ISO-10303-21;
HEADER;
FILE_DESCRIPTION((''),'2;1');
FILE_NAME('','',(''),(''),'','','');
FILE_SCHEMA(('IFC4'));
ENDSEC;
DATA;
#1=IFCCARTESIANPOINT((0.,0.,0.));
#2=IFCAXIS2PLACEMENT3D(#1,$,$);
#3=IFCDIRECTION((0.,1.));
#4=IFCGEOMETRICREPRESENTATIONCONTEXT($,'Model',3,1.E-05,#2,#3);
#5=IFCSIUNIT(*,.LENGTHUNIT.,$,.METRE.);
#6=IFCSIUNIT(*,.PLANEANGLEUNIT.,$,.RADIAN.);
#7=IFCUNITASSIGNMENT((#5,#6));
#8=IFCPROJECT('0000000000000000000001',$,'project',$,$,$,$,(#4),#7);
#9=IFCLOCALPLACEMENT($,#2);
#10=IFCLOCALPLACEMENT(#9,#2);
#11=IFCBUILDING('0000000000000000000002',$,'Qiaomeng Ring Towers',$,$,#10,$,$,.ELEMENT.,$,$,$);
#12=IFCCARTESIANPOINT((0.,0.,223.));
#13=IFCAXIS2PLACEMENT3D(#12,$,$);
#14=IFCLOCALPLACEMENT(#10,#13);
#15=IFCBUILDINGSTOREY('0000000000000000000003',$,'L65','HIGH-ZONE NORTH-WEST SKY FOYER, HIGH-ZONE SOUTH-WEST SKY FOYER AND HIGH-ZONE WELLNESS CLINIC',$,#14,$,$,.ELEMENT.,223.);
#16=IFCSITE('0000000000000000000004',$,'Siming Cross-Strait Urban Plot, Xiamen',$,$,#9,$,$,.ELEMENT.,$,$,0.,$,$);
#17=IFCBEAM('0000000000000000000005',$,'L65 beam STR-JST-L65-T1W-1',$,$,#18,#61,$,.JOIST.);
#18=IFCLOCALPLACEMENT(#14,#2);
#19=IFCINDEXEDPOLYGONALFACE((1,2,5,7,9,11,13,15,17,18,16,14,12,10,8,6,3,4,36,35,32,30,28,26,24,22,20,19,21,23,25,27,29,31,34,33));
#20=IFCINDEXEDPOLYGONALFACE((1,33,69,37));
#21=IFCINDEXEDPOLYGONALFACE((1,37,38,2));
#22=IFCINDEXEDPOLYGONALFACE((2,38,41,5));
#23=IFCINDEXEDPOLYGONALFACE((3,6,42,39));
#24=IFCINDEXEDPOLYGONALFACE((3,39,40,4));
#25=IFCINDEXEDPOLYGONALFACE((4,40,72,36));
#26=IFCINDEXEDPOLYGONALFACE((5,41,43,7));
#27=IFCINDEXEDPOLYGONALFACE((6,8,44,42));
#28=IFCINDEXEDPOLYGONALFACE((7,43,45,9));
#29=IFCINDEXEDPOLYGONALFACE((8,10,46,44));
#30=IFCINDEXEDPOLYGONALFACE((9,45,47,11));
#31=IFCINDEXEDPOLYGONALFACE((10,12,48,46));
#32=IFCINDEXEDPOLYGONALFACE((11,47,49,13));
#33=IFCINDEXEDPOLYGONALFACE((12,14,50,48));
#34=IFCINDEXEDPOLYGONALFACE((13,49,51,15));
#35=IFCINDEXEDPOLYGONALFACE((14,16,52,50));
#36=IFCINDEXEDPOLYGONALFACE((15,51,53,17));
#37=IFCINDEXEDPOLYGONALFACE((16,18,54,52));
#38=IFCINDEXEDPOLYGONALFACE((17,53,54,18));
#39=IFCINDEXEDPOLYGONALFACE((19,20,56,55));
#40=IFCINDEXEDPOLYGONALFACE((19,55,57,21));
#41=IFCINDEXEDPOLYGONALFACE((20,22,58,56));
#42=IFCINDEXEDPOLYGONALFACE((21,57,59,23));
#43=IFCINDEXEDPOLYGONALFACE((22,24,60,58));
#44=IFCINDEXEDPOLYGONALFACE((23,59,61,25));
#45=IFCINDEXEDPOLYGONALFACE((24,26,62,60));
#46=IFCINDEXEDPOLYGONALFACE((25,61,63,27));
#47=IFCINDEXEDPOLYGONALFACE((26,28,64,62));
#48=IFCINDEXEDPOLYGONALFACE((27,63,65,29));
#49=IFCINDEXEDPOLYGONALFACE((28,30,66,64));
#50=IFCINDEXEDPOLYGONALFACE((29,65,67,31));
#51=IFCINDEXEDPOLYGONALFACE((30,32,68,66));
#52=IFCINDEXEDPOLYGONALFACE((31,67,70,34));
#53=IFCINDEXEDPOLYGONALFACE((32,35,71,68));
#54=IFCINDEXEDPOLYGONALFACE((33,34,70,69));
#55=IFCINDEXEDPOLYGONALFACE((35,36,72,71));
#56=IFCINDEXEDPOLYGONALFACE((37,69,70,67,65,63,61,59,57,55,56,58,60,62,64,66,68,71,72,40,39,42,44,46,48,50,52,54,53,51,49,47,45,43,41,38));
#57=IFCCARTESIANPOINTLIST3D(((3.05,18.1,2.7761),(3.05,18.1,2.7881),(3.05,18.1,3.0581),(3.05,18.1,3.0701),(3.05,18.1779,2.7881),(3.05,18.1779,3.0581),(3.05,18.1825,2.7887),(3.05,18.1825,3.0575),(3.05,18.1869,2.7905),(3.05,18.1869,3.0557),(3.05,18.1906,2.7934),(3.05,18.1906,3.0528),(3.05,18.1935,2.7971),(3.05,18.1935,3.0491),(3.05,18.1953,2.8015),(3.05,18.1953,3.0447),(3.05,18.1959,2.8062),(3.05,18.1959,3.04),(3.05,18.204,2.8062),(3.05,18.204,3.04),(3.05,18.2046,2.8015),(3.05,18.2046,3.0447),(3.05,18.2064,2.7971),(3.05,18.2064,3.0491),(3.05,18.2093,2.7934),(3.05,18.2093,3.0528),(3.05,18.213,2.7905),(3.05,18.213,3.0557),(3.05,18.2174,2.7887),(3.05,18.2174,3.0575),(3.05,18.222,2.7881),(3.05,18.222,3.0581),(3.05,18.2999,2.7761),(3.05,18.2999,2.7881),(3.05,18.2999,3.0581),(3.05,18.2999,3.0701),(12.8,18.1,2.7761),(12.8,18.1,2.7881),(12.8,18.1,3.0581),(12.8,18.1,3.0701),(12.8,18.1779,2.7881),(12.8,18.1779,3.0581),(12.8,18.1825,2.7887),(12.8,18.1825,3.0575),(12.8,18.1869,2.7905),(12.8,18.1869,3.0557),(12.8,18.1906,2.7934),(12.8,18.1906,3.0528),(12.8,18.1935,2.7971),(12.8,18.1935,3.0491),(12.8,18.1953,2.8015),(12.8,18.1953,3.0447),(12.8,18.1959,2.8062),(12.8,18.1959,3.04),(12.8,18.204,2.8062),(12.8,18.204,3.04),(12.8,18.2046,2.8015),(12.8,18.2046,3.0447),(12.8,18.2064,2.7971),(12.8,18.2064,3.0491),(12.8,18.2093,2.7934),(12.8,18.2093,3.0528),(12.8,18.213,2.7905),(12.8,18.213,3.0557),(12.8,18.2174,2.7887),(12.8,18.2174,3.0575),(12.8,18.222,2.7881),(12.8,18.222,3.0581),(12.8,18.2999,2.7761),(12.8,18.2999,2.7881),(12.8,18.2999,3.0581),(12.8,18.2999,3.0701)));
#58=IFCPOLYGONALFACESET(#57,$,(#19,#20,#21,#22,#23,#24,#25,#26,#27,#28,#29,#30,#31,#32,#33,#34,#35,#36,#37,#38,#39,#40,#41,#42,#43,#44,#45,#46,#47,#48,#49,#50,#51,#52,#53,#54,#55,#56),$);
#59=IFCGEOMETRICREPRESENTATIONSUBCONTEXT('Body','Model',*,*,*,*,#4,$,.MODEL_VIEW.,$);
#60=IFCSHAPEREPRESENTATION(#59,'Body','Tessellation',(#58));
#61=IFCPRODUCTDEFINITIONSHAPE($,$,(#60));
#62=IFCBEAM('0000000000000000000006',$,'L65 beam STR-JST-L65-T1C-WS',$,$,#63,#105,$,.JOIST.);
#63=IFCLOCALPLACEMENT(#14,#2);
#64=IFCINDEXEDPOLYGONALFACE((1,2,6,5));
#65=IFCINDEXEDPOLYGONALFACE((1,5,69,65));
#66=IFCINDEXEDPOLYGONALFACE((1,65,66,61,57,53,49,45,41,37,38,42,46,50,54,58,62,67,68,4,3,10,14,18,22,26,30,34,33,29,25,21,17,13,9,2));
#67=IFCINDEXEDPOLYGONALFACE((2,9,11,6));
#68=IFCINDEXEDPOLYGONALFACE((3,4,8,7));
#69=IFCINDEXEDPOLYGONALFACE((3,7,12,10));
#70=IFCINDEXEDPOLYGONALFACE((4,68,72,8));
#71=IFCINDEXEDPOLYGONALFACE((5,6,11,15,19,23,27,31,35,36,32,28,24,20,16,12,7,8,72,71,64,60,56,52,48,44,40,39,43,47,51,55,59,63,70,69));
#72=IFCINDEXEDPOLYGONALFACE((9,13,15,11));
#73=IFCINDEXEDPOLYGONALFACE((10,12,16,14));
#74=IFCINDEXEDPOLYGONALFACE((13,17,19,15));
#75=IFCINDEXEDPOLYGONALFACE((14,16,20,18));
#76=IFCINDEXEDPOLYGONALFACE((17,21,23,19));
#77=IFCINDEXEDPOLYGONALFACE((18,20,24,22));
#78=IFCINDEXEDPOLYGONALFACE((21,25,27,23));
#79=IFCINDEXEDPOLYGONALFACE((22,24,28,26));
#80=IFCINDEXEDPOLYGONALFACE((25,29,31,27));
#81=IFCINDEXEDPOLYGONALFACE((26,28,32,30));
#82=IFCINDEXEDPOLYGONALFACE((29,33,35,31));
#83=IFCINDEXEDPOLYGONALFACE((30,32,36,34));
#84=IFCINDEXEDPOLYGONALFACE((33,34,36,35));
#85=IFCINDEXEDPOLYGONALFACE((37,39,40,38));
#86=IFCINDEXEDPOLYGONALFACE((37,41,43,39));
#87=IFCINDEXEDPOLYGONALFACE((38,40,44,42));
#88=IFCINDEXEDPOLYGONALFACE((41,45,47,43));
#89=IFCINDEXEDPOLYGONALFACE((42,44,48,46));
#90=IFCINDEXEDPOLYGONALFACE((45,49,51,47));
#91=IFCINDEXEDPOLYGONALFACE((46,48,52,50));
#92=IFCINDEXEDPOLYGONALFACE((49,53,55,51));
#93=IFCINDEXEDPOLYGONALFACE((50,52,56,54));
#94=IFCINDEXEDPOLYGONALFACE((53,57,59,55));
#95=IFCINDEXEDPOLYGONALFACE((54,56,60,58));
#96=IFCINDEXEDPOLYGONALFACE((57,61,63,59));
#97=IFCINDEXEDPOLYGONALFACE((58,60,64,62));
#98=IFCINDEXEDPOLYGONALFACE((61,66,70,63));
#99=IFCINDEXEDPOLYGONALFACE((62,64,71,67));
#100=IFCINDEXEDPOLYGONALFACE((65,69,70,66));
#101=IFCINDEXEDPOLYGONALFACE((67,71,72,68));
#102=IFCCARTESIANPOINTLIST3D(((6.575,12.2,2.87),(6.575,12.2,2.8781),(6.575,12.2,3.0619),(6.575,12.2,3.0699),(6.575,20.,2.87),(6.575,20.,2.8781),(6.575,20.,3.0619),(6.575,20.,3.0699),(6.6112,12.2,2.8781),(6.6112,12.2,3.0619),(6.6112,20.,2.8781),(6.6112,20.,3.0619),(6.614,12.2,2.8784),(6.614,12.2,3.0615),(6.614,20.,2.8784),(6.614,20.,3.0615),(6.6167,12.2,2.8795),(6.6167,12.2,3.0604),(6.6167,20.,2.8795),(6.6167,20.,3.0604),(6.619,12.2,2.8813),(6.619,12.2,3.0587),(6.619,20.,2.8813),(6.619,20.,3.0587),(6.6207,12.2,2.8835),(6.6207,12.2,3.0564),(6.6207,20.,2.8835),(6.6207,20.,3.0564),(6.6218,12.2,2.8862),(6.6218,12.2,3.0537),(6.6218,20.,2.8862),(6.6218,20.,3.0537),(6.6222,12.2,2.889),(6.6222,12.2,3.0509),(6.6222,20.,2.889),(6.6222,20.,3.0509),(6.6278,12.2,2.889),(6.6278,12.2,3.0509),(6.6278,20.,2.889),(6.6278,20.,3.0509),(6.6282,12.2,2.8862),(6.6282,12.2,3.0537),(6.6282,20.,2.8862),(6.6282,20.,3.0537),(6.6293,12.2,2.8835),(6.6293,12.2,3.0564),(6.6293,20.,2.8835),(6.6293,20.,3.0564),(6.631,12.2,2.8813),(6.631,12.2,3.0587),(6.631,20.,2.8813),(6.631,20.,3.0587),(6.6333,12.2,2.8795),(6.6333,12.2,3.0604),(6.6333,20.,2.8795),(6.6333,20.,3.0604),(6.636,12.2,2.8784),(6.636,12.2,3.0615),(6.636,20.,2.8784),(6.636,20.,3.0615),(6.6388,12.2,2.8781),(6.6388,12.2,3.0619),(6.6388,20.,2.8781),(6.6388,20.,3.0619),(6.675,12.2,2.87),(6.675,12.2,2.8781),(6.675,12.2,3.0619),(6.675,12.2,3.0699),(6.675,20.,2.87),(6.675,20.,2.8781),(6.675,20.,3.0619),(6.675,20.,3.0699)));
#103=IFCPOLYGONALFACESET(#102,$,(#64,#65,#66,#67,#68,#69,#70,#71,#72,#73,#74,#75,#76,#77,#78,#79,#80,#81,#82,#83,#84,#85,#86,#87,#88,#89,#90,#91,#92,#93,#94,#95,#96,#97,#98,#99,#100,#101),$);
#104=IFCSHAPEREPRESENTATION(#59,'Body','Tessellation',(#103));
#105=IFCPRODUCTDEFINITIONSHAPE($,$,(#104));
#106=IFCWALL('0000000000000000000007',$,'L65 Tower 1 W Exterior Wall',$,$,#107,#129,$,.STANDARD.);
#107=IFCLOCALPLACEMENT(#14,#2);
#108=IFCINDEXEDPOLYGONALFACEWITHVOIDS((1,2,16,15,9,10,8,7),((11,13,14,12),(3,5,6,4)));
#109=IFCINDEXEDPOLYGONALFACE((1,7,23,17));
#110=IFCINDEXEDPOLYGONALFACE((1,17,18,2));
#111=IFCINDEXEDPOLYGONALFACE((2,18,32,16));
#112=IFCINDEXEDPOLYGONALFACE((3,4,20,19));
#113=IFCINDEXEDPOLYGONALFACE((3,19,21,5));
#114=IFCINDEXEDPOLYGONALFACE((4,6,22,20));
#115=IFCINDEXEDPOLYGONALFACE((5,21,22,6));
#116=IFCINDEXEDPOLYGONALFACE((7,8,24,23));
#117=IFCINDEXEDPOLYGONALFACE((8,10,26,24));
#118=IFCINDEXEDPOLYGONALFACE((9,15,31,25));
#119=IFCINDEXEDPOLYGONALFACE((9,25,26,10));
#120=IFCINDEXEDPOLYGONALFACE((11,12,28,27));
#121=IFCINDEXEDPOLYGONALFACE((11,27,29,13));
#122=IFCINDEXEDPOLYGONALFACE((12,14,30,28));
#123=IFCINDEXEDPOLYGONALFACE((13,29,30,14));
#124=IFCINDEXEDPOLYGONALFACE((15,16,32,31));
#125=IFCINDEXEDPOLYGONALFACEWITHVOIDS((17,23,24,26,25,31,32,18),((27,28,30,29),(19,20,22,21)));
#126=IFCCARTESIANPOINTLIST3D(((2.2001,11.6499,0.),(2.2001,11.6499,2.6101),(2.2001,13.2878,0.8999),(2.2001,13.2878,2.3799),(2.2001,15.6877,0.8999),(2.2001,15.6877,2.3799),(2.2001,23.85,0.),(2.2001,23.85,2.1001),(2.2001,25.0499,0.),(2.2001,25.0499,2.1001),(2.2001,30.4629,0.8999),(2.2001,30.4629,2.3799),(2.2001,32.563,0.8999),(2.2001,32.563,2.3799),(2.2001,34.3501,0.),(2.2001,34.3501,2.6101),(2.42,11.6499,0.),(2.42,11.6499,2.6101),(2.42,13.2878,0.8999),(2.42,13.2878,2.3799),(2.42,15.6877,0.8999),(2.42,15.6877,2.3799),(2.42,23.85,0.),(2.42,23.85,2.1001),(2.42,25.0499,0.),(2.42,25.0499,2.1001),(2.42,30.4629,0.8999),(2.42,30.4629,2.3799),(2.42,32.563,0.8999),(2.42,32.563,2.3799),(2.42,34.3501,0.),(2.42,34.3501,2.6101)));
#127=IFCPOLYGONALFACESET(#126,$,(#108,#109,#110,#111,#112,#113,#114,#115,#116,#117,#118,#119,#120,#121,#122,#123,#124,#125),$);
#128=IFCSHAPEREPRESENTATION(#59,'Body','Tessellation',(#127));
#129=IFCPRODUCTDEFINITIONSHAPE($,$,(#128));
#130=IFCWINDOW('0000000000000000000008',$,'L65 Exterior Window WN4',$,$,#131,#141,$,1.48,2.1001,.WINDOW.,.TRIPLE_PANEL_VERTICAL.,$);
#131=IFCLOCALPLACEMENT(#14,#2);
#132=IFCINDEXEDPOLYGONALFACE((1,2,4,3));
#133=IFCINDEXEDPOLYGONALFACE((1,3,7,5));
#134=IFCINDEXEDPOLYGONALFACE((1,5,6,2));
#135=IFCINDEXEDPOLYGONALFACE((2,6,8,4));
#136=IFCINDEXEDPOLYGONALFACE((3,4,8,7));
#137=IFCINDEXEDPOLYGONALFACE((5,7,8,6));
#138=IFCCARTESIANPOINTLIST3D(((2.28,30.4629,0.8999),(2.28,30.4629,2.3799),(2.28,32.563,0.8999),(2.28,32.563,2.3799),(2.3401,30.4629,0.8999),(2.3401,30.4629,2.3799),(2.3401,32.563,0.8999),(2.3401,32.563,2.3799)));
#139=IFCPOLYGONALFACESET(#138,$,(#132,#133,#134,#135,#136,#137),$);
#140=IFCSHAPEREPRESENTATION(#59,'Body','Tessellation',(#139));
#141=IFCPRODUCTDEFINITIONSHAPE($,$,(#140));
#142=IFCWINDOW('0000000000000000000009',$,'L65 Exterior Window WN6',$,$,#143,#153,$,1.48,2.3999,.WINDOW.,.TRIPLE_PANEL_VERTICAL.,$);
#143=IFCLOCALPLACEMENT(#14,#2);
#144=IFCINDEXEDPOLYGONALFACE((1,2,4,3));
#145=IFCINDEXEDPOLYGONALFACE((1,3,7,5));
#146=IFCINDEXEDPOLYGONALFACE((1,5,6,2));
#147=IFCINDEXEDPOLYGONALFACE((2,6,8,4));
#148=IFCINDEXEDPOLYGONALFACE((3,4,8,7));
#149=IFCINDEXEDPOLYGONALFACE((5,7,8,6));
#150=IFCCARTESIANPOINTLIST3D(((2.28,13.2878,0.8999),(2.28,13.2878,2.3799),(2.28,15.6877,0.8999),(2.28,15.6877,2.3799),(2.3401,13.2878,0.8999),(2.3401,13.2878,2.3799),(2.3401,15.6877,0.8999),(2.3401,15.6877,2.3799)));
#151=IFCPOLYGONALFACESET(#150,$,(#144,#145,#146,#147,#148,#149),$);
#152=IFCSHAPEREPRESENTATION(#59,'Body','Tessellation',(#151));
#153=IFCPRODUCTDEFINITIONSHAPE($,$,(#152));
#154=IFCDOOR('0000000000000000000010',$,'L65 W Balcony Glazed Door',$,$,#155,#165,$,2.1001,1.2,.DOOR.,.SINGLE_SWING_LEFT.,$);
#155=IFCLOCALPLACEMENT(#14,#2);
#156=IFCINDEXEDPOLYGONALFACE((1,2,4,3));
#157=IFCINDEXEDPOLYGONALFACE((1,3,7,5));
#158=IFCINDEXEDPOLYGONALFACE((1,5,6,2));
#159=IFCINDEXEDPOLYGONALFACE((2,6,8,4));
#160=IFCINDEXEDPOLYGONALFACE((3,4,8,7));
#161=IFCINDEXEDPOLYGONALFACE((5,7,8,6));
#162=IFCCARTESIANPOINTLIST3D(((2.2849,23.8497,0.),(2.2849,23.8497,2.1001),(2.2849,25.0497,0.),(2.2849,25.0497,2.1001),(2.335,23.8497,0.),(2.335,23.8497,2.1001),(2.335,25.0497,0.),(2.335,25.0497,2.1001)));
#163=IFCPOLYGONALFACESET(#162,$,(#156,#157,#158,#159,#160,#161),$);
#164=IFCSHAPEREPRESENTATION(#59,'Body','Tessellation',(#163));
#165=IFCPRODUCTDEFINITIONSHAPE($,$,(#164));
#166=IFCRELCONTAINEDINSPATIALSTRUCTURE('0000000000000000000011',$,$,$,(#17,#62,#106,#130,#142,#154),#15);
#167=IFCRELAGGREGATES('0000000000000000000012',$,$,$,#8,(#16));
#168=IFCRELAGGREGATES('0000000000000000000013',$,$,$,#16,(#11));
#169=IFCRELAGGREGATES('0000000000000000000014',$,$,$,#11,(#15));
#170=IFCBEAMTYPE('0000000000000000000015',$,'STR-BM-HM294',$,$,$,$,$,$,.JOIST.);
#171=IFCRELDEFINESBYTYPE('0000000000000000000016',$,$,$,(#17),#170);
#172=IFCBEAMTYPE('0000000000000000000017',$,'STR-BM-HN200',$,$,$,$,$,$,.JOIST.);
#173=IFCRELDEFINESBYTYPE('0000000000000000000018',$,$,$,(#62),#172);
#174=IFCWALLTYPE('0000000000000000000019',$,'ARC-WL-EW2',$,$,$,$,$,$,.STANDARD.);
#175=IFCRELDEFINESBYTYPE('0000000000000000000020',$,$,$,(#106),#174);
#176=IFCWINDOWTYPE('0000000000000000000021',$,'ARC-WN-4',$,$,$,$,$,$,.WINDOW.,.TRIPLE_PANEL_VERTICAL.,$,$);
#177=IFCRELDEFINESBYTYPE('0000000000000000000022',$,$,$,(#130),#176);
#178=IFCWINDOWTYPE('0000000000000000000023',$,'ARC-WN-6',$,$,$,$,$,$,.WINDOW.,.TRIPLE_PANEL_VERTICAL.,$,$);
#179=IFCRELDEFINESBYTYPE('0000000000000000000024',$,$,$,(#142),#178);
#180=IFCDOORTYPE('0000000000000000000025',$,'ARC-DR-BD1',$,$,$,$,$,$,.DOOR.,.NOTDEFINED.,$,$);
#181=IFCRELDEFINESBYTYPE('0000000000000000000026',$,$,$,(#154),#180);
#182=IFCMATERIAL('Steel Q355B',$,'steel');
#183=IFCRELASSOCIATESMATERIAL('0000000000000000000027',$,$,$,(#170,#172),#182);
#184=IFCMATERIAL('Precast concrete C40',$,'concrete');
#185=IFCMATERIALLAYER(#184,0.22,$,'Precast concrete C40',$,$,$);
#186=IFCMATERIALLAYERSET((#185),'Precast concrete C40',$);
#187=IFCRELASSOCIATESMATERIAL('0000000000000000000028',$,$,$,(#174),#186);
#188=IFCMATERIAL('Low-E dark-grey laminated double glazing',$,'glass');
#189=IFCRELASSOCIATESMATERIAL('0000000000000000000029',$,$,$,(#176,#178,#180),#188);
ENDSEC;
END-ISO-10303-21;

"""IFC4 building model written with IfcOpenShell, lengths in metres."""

from ifc_helpers import new_model, si_unit, direction, frame, frame_2d, origin, origin_2d, place, context, subcontext, project, spatial, rectangle, i_section, extrude, source, transform, mapped, material, layer, layer_set, material_profile, profile_set, type_object, element, fill, save


model = new_model("IFC4")

# Units and contexts
model_context = context("Model", 3, precision=1e-05, world=origin(), true_north=direction((0.0, 1.0)))
body_context = subcontext(model_context, "Body", "Model", "MODEL_VIEW")
ifc_project = project(units=[si_unit("LENGTHUNIT", "METRE"), si_unit("PLANEANGLEUNIT", "RADIAN")], contexts=[model_context])

# Site, building, storey
site_placement = place(None, origin())
site = spatial("IfcSite", under=ifc_project, at=site_placement, Name="Siming Cross-Strait Urban Plot, Xiamen", CompositionType="ELEMENT", RefElevation=0.0)
building_placement = place(site_placement, origin())
building = spatial("IfcBuilding", under=site, at=building_placement, Name="Qiaomeng Ring Towers", CompositionType="ELEMENT")
storey_placement = place(building_placement, frame((0.0, 0.0, 223.0)))
storey = spatial("IfcBuildingStorey", under=building, at=storey_placement, Name="L65", Description="HIGH-ZONE NORTH-WEST SKY FOYER, HIGH-ZONE SOUTH-WEST SKY FOYER AND HIGH-ZONE WELLNESS CLINIC", CompositionType="ELEMENT", Elevation=223.0)

# Beams
ifc_material_1 = material(Name="Steel Q355B", Category="steel")
ifc_material_profile_1 = material_profile(ifc_material_1, i_section(OverallWidth=0.2, OverallDepth=0.2939, WebThickness=0.0081, FlangeThickness=0.012, FilletRadius=0.0181, at=origin_2d()), Name="HM 294x200x8x12")
ifc_profile_set_1 = profile_set([ifc_material_profile_1], Name="Steel Q355B")
beam_type_1 = type_object("IfcBeamType", Name="STR-BM-HM294", PredefinedType="JOIST", material=ifc_profile_set_1)
shared_shape_1 = source(origin(), body_context, "Body", "SweptSolid", [
    extrude(i_section(OverallWidth=0.2, OverallDepth=0.2939, WebThickness=0.0081, FlangeThickness=0.012, FilletRadius=0.0181, at=origin_2d()), origin(), (0.0, 0.0, 1.0), 9.75),
])
beam_1_placement = place(storey_placement, frame((3.05, 18.2, 2.9231), z_axis=(1.0, 0.0, 0.0), x_axis=(0.0, 1.0, 0.0)))
element("IfcBeam", 1, at=beam_1_placement, inside=storey, type_object=beam_type_1, Name="L65 beam STR-JST-L65-T1W-1", PredefinedType="JOIST", context=body_context, shape_type="MappedRepresentation", body=[
    mapped(shared_shape_1, transform((0.0, 0.0, 0.0), x_axis=(1.0, 0.0, 0.0), y_axis=(0.0, 1.0, 0.0), z_axis=(0.0, 0.0, 1.0), scale=1.0)),
])
ifc_material_profile_2 = material_profile(ifc_material_1, i_section(OverallWidth=0.1001, OverallDepth=0.2, WebThickness=0.0056, FlangeThickness=0.0081, FilletRadius=0.011, at=origin_2d()), Name="HN 200x100x5.5x8")
ifc_profile_set_2 = profile_set([ifc_material_profile_2], Name="Steel Q355B")
beam_type_2 = type_object("IfcBeamType", Name="STR-BM-HN200", PredefinedType="JOIST", material=ifc_profile_set_2)
shared_shape_2 = source(origin(), body_context, "Body", "SweptSolid", [
    extrude(i_section(OverallWidth=0.1001, OverallDepth=0.2, WebThickness=0.0056, FlangeThickness=0.0081, FilletRadius=0.011, at=origin_2d()), origin(), (0.0, 0.0, 1.0), 7.8),
])
beam_2_placement = place(storey_placement, frame((6.625, 12.2, 2.97), z_axis=(0.0, 1.0, 0.0), x_axis=(-1.0, 0.0, 0.0)))
element("IfcBeam", 2, at=beam_2_placement, inside=storey, type_object=beam_type_2, Name="L65 beam STR-JST-L65-T1C-WS", PredefinedType="JOIST", context=body_context, shape_type="MappedRepresentation", body=[
    mapped(shared_shape_2, transform((0.0, 0.0, 0.0), x_axis=(1.0, 0.0, 0.0), y_axis=(0.0, 1.0, 0.0), z_axis=(0.0, 0.0, 1.0), scale=1.0)),
])

# Wall, openings, windows, door
ifc_material_2 = material(Name="Precast concrete C40", Category="concrete")
ifc_layer_1 = layer(ifc_material_2, 0.22, Name="Precast concrete C40")
ifc_layer_set_1 = layer_set([ifc_layer_1], Name="Precast concrete C40")
wall_type_1 = type_object("IfcWallType", Name="ARC-WL-EW2", PredefinedType="STANDARD", material=ifc_layer_set_1)
wall_1_placement = place(storey_placement, frame((2.3101, 11.6499, 0.0), z_axis=(0.0, 0.0, 1.0), x_axis=(0.0, 1.0, 0.0)))
wall_1 = element("IfcWall", 3, at=wall_1_placement, inside=storey, type_object=wall_type_1, Name="L65 Tower 1 W Exterior Wall", PredefinedType="STANDARD", context=body_context, shape_type="SweptSolid", body=[
    extrude(rectangle(XDim=22.7002, YDim=0.22, at=frame_2d((11.3501, 0.0))), origin(), (0.0, 0.0, 1.0), 2.6101),
])
opening_1_placement = place(wall_1_placement, frame((12.2, 0.0, 0.0)))
opening_1 = element("IfcOpeningElement", 4, at=opening_1_placement, cuts=wall_1, PredefinedType="OPENING", context=body_context, shape_type="SweptSolid", body=[
    extrude(rectangle(XDim=1.2, YDim=2.1001, at=frame_2d((0.6001, 1.05))), frame((0.0, 0.1199, 0.0), z_axis=(0.0, -1.0, 0.0), x_axis=(1.0, 0.0, 0.0)), (0.0, 0.0, 1.0), 0.24),
])
opening_2_placement = place(wall_1_placement, frame((1.6379, 0.0, 0.8999)))
opening_2 = element("IfcOpeningElement", 5, at=opening_2_placement, cuts=wall_1, PredefinedType="OPENING", context=body_context, shape_type="SweptSolid", body=[
    extrude(rectangle(XDim=2.3999, YDim=1.48, at=frame_2d((1.2, 0.74))), frame((0.0, 0.1199, 0.0), z_axis=(0.0, -1.0, 0.0), x_axis=(1.0, 0.0, 0.0)), (0.0, 0.0, 1.0), 0.24),
])
opening_3_placement = place(wall_1_placement, frame((18.813, 0.0, 0.8999)))
opening_3 = element("IfcOpeningElement", 6, at=opening_3_placement, cuts=wall_1, PredefinedType="OPENING", context=body_context, shape_type="SweptSolid", body=[
    extrude(rectangle(XDim=2.1001, YDim=1.48, at=frame_2d((1.05, 0.74))), frame((0.0, 0.1199, 0.0), z_axis=(0.0, -1.0, 0.0), x_axis=(1.0, 0.0, 0.0)), (0.0, 0.0, 1.0), 0.24),
])
ifc_material_3 = material(Name="Low-E dark-grey laminated double glazing", Category="glass")
window_type_1 = type_object("IfcWindowType", Name="ARC-WN-4", PartitioningType="TRIPLE_PANEL_VERTICAL", PredefinedType="WINDOW", material=ifc_material_3)
shared_shape_3 = source(origin(), body_context, "Body", "SweptSolid", [
    extrude(rectangle(XDim=2.1001, YDim=1.48, at=frame_2d((1.05, 0.74))), frame((0.0, 0.03, 0.0), z_axis=(0.0, -1.0, 0.0), x_axis=(1.0, 0.0, 0.0)), (0.0, 0.0, 1.0), 0.0601),
])
window_1_placement = place(opening_3_placement, origin())
window_1 = element("IfcWindow", 7, at=window_1_placement, inside=storey, type_object=window_type_1, Name="L65 Exterior Window WN4", OverallHeight=1.48, OverallWidth=2.1001, PartitioningType="TRIPLE_PANEL_VERTICAL", PredefinedType="WINDOW", context=body_context, shape_type="MappedRepresentation", body=[
    mapped(shared_shape_3, transform((0.0, 0.0, 0.0), x_axis=(1.0, 0.0, 0.0), y_axis=(0.0, 1.0, 0.0), z_axis=(0.0, 0.0, 1.0), scale=1.0)),
])
fill(opening_3, window_1)
window_type_2 = type_object("IfcWindowType", Name="ARC-WN-6", PartitioningType="TRIPLE_PANEL_VERTICAL", PredefinedType="WINDOW", material=ifc_material_3)
shared_shape_4 = source(origin(), body_context, "Body", "SweptSolid", [
    extrude(rectangle(XDim=2.3999, YDim=1.48, at=frame_2d((1.2, 0.74))), frame((0.0, 0.03, 0.0), z_axis=(0.0, -1.0, 0.0), x_axis=(1.0, 0.0, 0.0)), (0.0, 0.0, 1.0), 0.0601),
])
window_2_placement = place(opening_2_placement, origin())
window_2 = element("IfcWindow", 8, at=window_2_placement, inside=storey, type_object=window_type_2, Name="L65 Exterior Window WN6", OverallHeight=1.48, OverallWidth=2.3999, PartitioningType="TRIPLE_PANEL_VERTICAL", PredefinedType="WINDOW", context=body_context, shape_type="MappedRepresentation", body=[
    mapped(shared_shape_4, transform((0.0, 0.0, 0.0), x_axis=(1.0, 0.0, 0.0), y_axis=(0.0, 1.0, 0.0), z_axis=(0.0, 0.0, 1.0), scale=1.0)),
])
fill(opening_2, window_2)
door_type_1 = type_object("IfcDoorType", Name="ARC-DR-BD1", OperationType="NOTDEFINED", PredefinedType="DOOR", material=ifc_material_3)
shared_shape_5 = source(origin(), body_context, "Body", "SweptSolid", [
    extrude(rectangle(XDim=1.2, YDim=2.1001, at=frame_2d((0.6001, 1.05))), frame((0.0, 0.0249, 0.0), z_axis=(0.0, -1.0, 0.0), x_axis=(1.0, 0.0, 0.0)), (0.0, 0.0, 1.0), 0.05),
])
door_1_placement = place(opening_1_placement, frame((1.2, 0.0, 0.0), z_axis=(0.0, 0.0, 1.0), x_axis=(-1.0, 0.0, 0.0)))
door_1 = element("IfcDoor", 9, at=door_1_placement, inside=storey, type_object=door_type_1, Name="L65 W Balcony Glazed Door", OperationType="SINGLE_SWING_LEFT", OverallHeight=2.1001, OverallWidth=1.2, PredefinedType="DOOR", context=body_context, shape_type="MappedRepresentation", body=[
    mapped(shared_shape_5, transform((0.0, 0.0, 0.0), x_axis=(1.0, 0.0, 0.0), y_axis=(0.0, 1.0, 0.0), z_axis=(0.0, 0.0, 1.0), scale=1.0)),
])
fill(opening_1, door_1)

save(model, "model.ifc")
